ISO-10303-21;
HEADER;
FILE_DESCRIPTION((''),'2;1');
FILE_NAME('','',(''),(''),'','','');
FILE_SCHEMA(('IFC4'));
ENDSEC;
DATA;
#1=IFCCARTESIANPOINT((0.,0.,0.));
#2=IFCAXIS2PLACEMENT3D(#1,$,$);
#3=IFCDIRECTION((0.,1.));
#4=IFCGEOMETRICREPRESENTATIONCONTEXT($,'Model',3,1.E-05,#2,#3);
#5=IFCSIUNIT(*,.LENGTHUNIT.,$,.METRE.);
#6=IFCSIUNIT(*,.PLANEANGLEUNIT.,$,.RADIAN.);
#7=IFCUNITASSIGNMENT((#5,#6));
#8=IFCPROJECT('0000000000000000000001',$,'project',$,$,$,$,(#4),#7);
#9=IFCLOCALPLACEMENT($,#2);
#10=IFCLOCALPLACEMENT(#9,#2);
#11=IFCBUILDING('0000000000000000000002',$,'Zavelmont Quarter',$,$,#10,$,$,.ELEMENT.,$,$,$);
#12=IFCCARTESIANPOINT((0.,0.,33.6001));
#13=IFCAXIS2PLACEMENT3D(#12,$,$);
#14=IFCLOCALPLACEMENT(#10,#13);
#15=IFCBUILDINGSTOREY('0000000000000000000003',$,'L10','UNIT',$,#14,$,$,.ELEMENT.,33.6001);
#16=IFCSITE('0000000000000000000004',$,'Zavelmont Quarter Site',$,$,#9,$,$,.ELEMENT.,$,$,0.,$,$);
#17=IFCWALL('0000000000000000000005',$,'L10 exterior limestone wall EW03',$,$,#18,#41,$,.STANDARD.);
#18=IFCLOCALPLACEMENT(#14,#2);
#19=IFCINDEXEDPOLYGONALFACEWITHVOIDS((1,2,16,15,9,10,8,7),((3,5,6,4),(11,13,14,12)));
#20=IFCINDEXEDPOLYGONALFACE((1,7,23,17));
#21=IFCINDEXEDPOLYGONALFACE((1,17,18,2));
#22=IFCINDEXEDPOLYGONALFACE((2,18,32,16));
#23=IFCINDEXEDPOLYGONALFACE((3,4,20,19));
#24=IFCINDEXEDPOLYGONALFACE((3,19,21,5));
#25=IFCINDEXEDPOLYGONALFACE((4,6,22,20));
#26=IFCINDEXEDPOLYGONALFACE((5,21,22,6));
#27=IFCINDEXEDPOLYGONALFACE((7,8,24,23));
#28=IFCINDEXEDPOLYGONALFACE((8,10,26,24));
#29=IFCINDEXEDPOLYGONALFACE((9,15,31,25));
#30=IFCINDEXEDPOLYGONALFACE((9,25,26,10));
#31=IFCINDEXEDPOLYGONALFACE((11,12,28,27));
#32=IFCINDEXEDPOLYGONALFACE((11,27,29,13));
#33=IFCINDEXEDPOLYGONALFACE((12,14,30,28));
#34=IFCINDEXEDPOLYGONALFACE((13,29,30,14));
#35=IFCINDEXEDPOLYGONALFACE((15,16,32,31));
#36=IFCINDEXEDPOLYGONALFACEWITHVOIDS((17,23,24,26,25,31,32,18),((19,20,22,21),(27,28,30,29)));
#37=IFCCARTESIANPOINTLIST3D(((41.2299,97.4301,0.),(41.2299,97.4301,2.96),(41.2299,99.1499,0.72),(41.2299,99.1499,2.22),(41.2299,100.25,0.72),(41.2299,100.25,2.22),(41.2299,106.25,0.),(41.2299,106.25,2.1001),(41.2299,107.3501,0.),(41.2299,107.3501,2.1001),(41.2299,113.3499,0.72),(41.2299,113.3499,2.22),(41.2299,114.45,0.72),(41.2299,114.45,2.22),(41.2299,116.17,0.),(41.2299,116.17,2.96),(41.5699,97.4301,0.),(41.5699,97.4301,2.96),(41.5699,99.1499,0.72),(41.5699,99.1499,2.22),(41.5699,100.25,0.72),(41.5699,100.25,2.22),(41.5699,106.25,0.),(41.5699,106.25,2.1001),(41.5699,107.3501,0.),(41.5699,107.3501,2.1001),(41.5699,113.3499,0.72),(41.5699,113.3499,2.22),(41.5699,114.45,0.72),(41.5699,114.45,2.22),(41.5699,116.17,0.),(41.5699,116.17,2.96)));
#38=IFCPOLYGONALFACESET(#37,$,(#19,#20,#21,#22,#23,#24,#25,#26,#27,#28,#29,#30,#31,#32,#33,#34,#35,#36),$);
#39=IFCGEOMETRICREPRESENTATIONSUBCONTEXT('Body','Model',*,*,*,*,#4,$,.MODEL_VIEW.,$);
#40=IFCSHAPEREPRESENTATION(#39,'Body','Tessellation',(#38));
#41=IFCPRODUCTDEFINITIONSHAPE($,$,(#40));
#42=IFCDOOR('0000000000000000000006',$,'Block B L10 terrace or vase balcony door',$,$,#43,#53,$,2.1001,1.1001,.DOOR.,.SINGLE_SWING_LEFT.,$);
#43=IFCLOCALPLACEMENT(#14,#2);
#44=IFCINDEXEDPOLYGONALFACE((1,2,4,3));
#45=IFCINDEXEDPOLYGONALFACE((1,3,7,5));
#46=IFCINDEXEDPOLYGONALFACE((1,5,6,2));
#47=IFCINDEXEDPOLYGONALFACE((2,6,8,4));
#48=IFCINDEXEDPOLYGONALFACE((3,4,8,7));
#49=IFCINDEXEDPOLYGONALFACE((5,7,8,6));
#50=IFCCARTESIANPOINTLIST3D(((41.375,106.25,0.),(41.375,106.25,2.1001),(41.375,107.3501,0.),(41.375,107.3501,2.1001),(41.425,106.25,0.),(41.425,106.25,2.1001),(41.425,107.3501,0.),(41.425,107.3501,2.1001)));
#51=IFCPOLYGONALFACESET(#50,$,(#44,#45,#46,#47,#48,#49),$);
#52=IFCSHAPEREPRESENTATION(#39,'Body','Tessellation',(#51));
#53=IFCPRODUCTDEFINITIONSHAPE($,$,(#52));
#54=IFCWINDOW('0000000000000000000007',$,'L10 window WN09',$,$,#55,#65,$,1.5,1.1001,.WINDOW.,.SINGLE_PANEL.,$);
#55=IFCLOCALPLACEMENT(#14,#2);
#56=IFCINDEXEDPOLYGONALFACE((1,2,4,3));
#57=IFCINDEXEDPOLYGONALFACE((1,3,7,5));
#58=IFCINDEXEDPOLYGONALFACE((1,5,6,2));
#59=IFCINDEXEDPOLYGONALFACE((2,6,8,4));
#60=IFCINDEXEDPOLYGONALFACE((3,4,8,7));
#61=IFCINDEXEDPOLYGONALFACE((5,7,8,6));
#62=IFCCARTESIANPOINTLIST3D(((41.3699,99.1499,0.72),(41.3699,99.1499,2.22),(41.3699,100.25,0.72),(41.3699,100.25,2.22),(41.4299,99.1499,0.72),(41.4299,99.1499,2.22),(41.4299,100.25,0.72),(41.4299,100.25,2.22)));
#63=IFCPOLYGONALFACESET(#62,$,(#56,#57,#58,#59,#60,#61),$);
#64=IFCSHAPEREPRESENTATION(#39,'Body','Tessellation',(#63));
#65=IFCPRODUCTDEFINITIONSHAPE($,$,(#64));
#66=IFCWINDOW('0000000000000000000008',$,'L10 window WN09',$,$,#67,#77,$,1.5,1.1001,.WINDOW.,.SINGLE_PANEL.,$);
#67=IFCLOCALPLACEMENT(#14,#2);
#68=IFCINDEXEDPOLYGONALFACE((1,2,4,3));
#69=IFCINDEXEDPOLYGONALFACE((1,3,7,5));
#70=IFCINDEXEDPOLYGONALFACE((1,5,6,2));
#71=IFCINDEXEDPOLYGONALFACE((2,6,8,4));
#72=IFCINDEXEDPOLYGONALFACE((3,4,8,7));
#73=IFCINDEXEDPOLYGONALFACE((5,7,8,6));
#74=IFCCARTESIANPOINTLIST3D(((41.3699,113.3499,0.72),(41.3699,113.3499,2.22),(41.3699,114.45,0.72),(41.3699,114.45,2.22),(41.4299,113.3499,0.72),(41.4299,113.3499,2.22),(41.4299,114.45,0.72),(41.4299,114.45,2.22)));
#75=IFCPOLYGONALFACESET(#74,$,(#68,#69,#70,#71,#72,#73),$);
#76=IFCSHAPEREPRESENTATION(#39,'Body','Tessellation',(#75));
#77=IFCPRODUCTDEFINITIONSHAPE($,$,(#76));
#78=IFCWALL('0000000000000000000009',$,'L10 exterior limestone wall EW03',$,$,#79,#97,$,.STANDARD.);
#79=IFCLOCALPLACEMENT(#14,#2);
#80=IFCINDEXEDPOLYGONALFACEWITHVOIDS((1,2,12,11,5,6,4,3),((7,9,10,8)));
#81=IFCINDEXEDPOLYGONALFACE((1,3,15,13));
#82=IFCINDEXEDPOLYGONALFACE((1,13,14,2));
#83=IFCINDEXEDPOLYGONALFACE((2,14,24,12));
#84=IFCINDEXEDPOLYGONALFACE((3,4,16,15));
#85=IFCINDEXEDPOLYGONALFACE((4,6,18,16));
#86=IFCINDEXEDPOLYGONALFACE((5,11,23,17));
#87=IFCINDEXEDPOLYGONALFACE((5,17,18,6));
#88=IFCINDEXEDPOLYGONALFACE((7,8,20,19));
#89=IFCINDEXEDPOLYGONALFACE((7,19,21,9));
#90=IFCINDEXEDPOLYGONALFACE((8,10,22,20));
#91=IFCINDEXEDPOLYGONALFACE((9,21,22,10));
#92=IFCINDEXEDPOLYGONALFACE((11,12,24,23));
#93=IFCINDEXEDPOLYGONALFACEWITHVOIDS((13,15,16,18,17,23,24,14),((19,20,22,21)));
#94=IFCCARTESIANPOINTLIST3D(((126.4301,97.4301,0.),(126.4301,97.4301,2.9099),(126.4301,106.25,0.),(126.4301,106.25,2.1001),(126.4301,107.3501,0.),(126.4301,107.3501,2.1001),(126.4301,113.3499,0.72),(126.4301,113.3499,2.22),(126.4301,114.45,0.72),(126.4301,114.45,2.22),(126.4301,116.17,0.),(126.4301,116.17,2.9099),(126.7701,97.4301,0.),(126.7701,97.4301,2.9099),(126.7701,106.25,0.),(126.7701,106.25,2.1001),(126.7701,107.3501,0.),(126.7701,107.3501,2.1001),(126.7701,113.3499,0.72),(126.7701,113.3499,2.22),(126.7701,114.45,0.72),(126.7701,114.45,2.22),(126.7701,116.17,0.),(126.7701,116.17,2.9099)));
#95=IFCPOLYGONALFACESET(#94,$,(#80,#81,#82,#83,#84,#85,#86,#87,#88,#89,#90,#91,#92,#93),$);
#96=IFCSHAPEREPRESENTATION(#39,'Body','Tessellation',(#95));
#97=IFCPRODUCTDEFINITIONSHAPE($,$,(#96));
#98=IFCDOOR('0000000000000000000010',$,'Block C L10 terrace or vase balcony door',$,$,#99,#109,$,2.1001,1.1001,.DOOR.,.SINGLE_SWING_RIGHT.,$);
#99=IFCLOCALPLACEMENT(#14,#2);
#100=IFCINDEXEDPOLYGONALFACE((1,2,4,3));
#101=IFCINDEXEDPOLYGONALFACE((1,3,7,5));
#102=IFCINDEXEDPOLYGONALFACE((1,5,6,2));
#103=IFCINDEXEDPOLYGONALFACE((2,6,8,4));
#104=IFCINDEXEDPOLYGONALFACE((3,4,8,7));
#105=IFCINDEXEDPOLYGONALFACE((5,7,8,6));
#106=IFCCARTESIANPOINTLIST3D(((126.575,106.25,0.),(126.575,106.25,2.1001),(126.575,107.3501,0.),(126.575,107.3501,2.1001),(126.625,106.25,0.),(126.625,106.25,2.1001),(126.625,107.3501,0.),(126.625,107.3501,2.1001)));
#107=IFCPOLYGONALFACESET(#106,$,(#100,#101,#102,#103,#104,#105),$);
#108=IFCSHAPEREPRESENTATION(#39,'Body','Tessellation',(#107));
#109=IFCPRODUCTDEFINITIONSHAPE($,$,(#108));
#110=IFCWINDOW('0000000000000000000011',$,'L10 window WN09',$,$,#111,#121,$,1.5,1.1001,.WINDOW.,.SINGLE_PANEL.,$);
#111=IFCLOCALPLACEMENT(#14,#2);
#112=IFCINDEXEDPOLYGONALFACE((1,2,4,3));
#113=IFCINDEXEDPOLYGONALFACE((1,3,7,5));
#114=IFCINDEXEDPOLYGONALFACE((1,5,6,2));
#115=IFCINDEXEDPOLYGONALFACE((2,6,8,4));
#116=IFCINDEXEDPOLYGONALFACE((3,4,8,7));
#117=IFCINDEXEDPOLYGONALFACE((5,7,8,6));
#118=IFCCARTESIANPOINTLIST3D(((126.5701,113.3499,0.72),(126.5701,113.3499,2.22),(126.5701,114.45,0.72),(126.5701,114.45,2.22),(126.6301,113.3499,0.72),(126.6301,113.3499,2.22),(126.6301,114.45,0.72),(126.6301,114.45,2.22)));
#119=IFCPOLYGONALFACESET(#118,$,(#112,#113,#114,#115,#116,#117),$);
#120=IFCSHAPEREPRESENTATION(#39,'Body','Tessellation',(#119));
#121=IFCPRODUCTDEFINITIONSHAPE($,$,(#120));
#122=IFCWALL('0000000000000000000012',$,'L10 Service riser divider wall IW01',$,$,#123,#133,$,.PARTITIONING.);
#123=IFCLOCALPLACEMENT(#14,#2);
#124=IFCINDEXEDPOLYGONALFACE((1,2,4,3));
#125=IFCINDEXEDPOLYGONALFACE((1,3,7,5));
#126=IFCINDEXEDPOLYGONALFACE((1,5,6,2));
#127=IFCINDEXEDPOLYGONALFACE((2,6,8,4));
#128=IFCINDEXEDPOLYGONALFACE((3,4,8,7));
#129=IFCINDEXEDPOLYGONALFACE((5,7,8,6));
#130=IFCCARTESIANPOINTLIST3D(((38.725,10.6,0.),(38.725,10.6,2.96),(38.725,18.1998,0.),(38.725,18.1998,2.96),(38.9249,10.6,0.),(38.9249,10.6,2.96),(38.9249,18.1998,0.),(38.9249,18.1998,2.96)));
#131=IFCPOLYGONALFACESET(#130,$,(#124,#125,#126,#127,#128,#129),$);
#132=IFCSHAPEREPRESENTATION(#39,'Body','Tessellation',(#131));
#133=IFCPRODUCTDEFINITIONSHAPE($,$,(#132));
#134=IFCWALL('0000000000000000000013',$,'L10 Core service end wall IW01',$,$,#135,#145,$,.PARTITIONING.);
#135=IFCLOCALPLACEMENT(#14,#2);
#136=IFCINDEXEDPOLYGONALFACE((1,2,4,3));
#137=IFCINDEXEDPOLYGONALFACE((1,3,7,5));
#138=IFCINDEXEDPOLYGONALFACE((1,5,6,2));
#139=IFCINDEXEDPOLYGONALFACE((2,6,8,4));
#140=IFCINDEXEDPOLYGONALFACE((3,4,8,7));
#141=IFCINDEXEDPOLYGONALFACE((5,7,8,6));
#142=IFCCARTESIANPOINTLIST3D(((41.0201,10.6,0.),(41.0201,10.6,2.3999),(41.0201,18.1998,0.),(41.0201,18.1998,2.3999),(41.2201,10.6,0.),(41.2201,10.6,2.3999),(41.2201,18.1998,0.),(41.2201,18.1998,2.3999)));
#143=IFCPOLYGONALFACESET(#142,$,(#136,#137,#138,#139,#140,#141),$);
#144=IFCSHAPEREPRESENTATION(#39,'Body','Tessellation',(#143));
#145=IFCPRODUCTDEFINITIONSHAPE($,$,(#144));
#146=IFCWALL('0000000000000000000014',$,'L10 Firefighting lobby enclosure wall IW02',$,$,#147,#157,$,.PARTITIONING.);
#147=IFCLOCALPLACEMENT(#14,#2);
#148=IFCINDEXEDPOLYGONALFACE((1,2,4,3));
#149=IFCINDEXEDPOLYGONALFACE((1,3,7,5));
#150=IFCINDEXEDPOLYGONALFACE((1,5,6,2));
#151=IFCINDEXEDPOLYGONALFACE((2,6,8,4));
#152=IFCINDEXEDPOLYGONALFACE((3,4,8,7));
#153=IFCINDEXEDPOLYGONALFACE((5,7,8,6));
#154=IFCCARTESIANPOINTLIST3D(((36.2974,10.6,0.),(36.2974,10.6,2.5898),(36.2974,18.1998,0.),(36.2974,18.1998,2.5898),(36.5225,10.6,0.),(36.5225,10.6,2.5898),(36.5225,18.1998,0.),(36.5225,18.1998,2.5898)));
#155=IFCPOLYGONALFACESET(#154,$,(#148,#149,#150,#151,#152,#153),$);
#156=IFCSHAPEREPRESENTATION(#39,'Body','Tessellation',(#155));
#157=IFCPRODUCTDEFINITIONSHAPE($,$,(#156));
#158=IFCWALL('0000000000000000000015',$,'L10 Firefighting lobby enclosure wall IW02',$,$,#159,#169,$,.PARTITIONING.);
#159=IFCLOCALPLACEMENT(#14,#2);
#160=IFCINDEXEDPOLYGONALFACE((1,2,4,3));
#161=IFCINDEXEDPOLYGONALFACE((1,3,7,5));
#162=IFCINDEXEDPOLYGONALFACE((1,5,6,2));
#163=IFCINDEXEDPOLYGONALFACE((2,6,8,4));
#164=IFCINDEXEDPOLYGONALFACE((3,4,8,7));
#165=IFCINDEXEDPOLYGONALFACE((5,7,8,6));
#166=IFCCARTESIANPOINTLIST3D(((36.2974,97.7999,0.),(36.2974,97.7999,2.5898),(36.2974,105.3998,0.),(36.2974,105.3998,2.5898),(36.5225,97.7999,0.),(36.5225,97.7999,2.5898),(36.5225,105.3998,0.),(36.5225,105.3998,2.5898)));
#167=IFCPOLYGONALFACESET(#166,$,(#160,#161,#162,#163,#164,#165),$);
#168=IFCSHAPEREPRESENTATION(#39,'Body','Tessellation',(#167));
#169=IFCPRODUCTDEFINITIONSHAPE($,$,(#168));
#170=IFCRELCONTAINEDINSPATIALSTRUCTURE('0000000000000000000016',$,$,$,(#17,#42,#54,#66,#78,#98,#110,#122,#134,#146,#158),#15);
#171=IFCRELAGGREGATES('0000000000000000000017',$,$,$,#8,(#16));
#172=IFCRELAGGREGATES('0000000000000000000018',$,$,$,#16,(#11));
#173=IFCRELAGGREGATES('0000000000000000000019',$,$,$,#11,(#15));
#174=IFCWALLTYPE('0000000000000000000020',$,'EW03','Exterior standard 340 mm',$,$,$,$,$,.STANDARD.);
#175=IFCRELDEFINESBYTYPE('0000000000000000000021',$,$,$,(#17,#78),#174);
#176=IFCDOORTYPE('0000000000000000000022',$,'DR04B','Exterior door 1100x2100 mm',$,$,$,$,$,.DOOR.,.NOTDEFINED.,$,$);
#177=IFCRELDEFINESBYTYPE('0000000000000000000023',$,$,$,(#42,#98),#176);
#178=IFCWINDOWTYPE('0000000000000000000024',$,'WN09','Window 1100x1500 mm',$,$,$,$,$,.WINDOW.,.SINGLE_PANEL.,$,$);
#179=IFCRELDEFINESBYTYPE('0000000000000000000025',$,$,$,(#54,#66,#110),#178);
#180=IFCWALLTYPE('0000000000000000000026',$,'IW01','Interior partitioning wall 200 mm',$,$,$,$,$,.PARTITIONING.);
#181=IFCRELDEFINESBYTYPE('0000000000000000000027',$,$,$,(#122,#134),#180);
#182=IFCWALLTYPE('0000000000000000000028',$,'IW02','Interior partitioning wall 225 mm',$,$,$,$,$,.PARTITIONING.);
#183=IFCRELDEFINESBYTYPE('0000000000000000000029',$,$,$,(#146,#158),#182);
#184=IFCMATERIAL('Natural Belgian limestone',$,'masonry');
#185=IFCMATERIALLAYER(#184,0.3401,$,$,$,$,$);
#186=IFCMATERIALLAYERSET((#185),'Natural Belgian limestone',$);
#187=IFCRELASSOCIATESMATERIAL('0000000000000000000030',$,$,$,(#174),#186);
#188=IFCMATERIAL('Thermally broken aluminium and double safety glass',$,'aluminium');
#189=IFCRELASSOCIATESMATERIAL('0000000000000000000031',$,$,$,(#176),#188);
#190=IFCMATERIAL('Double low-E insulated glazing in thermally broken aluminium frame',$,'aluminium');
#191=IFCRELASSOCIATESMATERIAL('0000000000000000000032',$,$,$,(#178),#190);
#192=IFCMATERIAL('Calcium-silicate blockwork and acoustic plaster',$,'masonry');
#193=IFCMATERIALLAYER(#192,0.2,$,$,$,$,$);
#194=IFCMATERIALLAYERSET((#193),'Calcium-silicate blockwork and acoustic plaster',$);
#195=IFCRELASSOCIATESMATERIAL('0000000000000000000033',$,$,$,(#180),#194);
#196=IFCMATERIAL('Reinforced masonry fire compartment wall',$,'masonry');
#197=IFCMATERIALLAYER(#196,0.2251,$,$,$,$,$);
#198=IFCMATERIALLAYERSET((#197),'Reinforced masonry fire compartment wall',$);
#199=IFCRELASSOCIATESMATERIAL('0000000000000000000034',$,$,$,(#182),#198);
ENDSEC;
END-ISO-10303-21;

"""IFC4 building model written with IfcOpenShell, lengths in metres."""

from ifc_helpers import new_model, si_unit, direction, frame, frame_2d, origin, origin_with_axes, place, context, subcontext, project, spatial, rectangle, extrude, material, layer, layer_set, type_object, element, fill, save


model = new_model("IFC4")

# Units and contexts
model_context = context("Model", 3, precision=1e-05, world=origin(), true_north=direction((0.0, 1.0)))
body_context = subcontext(model_context, "Body", "Model", "MODEL_VIEW")
ifc_project = project(units=[si_unit("LENGTHUNIT", "METRE"), si_unit("PLANEANGLEUNIT", "RADIAN")], contexts=[model_context])

# Site, building, storey
site_placement = place(None, origin())
site = spatial("IfcSite", under=ifc_project, at=site_placement, Name="Zavelmont Quarter Site", CompositionType="ELEMENT", RefElevation=0.0)
building_placement = place(site_placement, origin())
building = spatial("IfcBuilding", under=site, at=building_placement, Name="Zavelmont Quarter", CompositionType="ELEMENT")
storey_placement = place(building_placement, frame((0.0, 0.0, 33.6001)))
storey = spatial("IfcBuildingStorey", under=building, at=storey_placement, Name="L10", Description="UNIT", CompositionType="ELEMENT", Elevation=33.6001)

# Wall, openings, door, windows
ifc_material_1 = material(Name="Natural Belgian limestone", Category="masonry")
ifc_layer_1 = layer(ifc_material_1, 0.3401)
ifc_layer_set_1 = layer_set([ifc_layer_1], Name="Natural Belgian limestone")
wall_type_1 = type_object("IfcWallType", Name="EW03", Description="Exterior standard 340 mm", PredefinedType="STANDARD", material=ifc_layer_set_1)
wall_1_placement = place(storey_placement, frame((41.3999, 97.4299, 0.0), z_axis=(0.0, 0.0, 1.0), x_axis=(0.0, 1.0, 0.0)))
wall_1 = element("IfcWall", 1, at=wall_1_placement, inside=storey, type_object=wall_type_1, Name="L10 exterior limestone wall EW03", PredefinedType="STANDARD", context=body_context, shape_type="SweptSolid", body=[
    extrude(rectangle(XDim=18.74, YDim=0.3401, at=frame_2d((9.3701, 0.0))), origin(), (0.0, 0.0, 1.0), 2.96),
])
opening_1_placement = place(wall_1_placement, frame((8.8201, 0.0, 0.0)))
opening_1 = element("IfcOpeningElement", 2, at=opening_1_placement, cuts=wall_1, PredefinedType="OPENING", context=body_context, shape_type="SweptSolid", body=[
    extrude(rectangle(XDim=1.1001, YDim=2.1001, at=frame_2d((0.55, 1.05))), frame((0.0, 0.1821, 0.0), z_axis=(0.0, -1.0, 0.0), x_axis=(1.0, 0.0, 0.0)), (0.0, 0.0, 1.0), 0.364),
])
opening_2_placement = place(wall_1_placement, frame((1.72, 0.0, 0.72)))
opening_2 = element("IfcOpeningElement", 3, at=opening_2_placement, cuts=wall_1, PredefinedType="OPENING", context=body_context, shape_type="SweptSolid", body=[
    extrude(rectangle(XDim=1.1001, YDim=1.5, at=frame_2d((0.55, 0.75))), frame((0.0, 0.1821, 0.0), z_axis=(0.0, -1.0, 0.0), x_axis=(1.0, 0.0, 0.0)), (0.0, 0.0, 1.0), 0.364),
])
opening_3_placement = place(wall_1_placement, frame((15.9199, 0.0, 0.72)))
opening_3 = element("IfcOpeningElement", 4, at=opening_3_placement, cuts=wall_1, PredefinedType="OPENING", context=body_context, shape_type="SweptSolid", body=[
    extrude(rectangle(XDim=1.1001, YDim=1.5, at=frame_2d((0.55, 0.75))), frame((0.0, 0.1821, 0.0), z_axis=(0.0, -1.0, 0.0), x_axis=(1.0, 0.0, 0.0)), (0.0, 0.0, 1.0), 0.364),
])
ifc_material_2 = material(Name="Thermally broken aluminium and double safety glass", Category="aluminium")
door_type = type_object("IfcDoorType", Name="DR04B", Description="Exterior door 1100x2100 mm", OperationType="NOTDEFINED", PredefinedType="DOOR", material=ifc_material_2)
door_1_placement = place(opening_1_placement, origin_with_axes())
door_1 = element("IfcDoor", 5, at=door_1_placement, inside=storey, type_object=door_type, Name="Block B L10 terrace or vase balcony door", OperationType="SINGLE_SWING_LEFT", OverallHeight=2.1001, OverallWidth=1.1001, PredefinedType="DOOR", context=body_context, shape_type="SweptSolid", body=[
    extrude(rectangle(XDim=1.1001, YDim=2.1001, at=frame_2d((0.55, 1.05))), frame((0.0, 0.0249, 0.0), z_axis=(0.0, -1.0, 0.0), x_axis=(1.0, 0.0, 0.0)), (0.0, 0.0, 1.0), 0.05),
])
fill(opening_1, door_1)
ifc_material_3 = material(Name="Double low-E insulated glazing in thermally broken aluminium frame", Category="aluminium")
window_type = type_object("IfcWindowType", Name="WN09", Description="Window 1100x1500 mm", PartitioningType="SINGLE_PANEL", PredefinedType="WINDOW", material=ifc_material_3)
window_1_placement = place(opening_2_placement, origin_with_axes())
window_1 = element("IfcWindow", 6, at=window_1_placement, inside=storey, type_object=window_type, Name="L10 window WN09", OverallHeight=1.5, OverallWidth=1.1001, PartitioningType="SINGLE_PANEL", PredefinedType="WINDOW", context=body_context, shape_type="SweptSolid", body=[
    extrude(rectangle(XDim=1.1001, YDim=1.5, at=frame_2d((0.55, 0.75))), frame((0.0, 0.03, 0.0), z_axis=(0.0, -1.0, 0.0), x_axis=(1.0, 0.0, 0.0)), (0.0, 0.0, 1.0), 0.0601),
])
fill(opening_2, window_1)
window_2_placement = place(opening_3_placement, origin_with_axes())
window_2 = element("IfcWindow", 7, at=window_2_placement, inside=storey, type_object=window_type, Name="L10 window WN09", OverallHeight=1.5, OverallWidth=1.1001, PartitioningType="SINGLE_PANEL", PredefinedType="WINDOW", context=body_context, shape_type="SweptSolid", body=[
    extrude(rectangle(XDim=1.1001, YDim=1.5, at=frame_2d((0.55, 0.75))), frame((0.0, 0.03, 0.0), z_axis=(0.0, -1.0, 0.0), x_axis=(1.0, 0.0, 0.0)), (0.0, 0.0, 1.0), 0.0601),
])
fill(opening_3, window_2)

# Wall, openings, door, window
wall_2_placement = place(storey_placement, frame((126.6001, 97.4299, 0.0), z_axis=(0.0, 0.0, 1.0), x_axis=(0.0, 1.0, 0.0)))
wall_2 = element("IfcWall", 8, at=wall_2_placement, inside=storey, type_object=wall_type_1, Name="L10 exterior limestone wall EW03", PredefinedType="STANDARD", context=body_context, shape_type="SweptSolid", body=[
    extrude(rectangle(XDim=18.74, YDim=0.3401, at=frame_2d((9.3701, 0.0))), origin(), (0.0, 0.0, 1.0), 2.9099),
])
opening_4_placement = place(wall_2_placement, frame((8.8201, 0.0, 0.0)))
opening_4 = element("IfcOpeningElement", 9, at=opening_4_placement, cuts=wall_2, PredefinedType="OPENING", context=body_context, shape_type="SweptSolid", body=[
    extrude(rectangle(XDim=1.1001, YDim=2.1001, at=frame_2d((0.55, 1.05))), frame((0.0, 0.1821, 0.0), z_axis=(0.0, -1.0, 0.0), x_axis=(1.0, 0.0, 0.0)), (0.0, 0.0, 1.0), 0.364),
])
opening_5_placement = place(wall_2_placement, frame((15.9199, 0.0, 0.72)))
opening_5 = element("IfcOpeningElement", 10, at=opening_5_placement, cuts=wall_2, PredefinedType="OPENING", context=body_context, shape_type="SweptSolid", body=[
    extrude(rectangle(XDim=1.1001, YDim=1.5, at=frame_2d((0.55, 0.75))), frame((0.0, 0.1821, 0.0), z_axis=(0.0, -1.0, 0.0), x_axis=(1.0, 0.0, 0.0)), (0.0, 0.0, 1.0), 0.364),
])
door_2_placement = place(opening_4_placement, frame((1.1001, 0.0, 0.0), z_axis=(0.0, 0.0, 1.0), x_axis=(-1.0, 0.0, 0.0)))
door_2 = element("IfcDoor", 11, at=door_2_placement, inside=storey, type_object=door_type, Name="Block C L10 terrace or vase balcony door", OperationType="SINGLE_SWING_RIGHT", OverallHeight=2.1001, OverallWidth=1.1001, PredefinedType="DOOR", context=body_context, shape_type="SweptSolid", body=[
    extrude(rectangle(XDim=1.1001, YDim=2.1001, at=frame_2d((0.55, 1.05))), frame((0.0, 0.0249, 0.0), z_axis=(0.0, -1.0, 0.0), x_axis=(1.0, 0.0, 0.0)), (0.0, 0.0, 1.0), 0.05),
])
fill(opening_4, door_2)
window_3_placement = place(opening_5_placement, origin_with_axes())
window_3 = element("IfcWindow", 12, at=window_3_placement, inside=storey, type_object=window_type, Name="L10 window WN09", OverallHeight=1.5, OverallWidth=1.1001, PartitioningType="SINGLE_PANEL", PredefinedType="WINDOW", context=body_context, shape_type="SweptSolid", body=[
    extrude(rectangle(XDim=1.1001, YDim=1.5, at=frame_2d((0.55, 0.75))), frame((0.0, 0.03, 0.0), z_axis=(0.0, -1.0, 0.0), x_axis=(1.0, 0.0, 0.0)), (0.0, 0.0, 1.0), 0.0601),
])
fill(opening_5, window_3)

# Walls
ifc_material_4 = material(Name="Calcium-silicate blockwork and acoustic plaster", Category="masonry")
ifc_layer_2 = layer(ifc_material_4, 0.2)
ifc_layer_set_2 = layer_set([ifc_layer_2], Name="Calcium-silicate blockwork and acoustic plaster")
wall_type_2 = type_object("IfcWallType", Name="IW01", Description="Interior partitioning wall 200 mm", PredefinedType="PARTITIONING", material=ifc_layer_set_2)
wall_3_placement = place(storey_placement, frame((38.825, 10.6001, 0.0), z_axis=(0.0, 0.0, 1.0), x_axis=(0.0, 1.0, 0.0)))
element("IfcWall", 13, at=wall_3_placement, inside=storey, type_object=wall_type_2, Name="L10 Service riser divider wall IW01", PredefinedType="PARTITIONING", context=body_context, shape_type="SweptSolid", body=[
    extrude(rectangle(XDim=7.5999, YDim=0.2, at=frame_2d((3.7998, 0.0))), origin(), (0.0, 0.0, 1.0), 2.96),
])
wall_4_placement = place(storey_placement, frame((41.1201, 10.6001, 0.0), z_axis=(0.0, 0.0, 1.0), x_axis=(0.0, 1.0, 0.0)))
element("IfcWall", 14, at=wall_4_placement, inside=storey, type_object=wall_type_2, Name="L10 Core service end wall IW01", PredefinedType="PARTITIONING", context=body_context, shape_type="SweptSolid", body=[
    extrude(rectangle(XDim=7.5999, YDim=0.2, at=frame_2d((3.7998, 0.0))), origin(), (0.0, 0.0, 1.0), 2.3999),
])
ifc_material_5 = material(Name="Reinforced masonry fire compartment wall", Category="masonry")
ifc_layer_3 = layer(ifc_material_5, 0.2251)
ifc_layer_set_3 = layer_set([ifc_layer_3], Name="Reinforced masonry fire compartment wall")
wall_type_3 = type_object("IfcWallType", Name="IW02", Description="Interior partitioning wall 225 mm", PredefinedType="PARTITIONING", material=ifc_layer_set_3)
for number, where, z_axis, x_axis, name in (
    (15, (36.4099, 10.6001, 0.0), (0.0, 0.0, 1.0), (0.0, 1.0, 0.0), "L10 Firefighting lobby enclosure wall IW02"),
    (16, (36.4099, 97.8, 0.0), (0.0, 0.0, 1.0), (0.0, 1.0, 0.0), "L10 Firefighting lobby enclosure wall IW02"),
):
    element("IfcWall", number, at=place(storey_placement, frame(where, z_axis=z_axis, x_axis=x_axis)), inside=storey, type_object=wall_type_3, Name=name, PredefinedType="PARTITIONING", context=body_context, shape_type="SweptSolid", body=[
        extrude(rectangle(XDim=7.5999, YDim=0.2251, at=frame_2d((3.7998, 0.0))), origin(), (0.0, 0.0, 1.0), 2.5898),
    ])

save(model, "model.ifc")
